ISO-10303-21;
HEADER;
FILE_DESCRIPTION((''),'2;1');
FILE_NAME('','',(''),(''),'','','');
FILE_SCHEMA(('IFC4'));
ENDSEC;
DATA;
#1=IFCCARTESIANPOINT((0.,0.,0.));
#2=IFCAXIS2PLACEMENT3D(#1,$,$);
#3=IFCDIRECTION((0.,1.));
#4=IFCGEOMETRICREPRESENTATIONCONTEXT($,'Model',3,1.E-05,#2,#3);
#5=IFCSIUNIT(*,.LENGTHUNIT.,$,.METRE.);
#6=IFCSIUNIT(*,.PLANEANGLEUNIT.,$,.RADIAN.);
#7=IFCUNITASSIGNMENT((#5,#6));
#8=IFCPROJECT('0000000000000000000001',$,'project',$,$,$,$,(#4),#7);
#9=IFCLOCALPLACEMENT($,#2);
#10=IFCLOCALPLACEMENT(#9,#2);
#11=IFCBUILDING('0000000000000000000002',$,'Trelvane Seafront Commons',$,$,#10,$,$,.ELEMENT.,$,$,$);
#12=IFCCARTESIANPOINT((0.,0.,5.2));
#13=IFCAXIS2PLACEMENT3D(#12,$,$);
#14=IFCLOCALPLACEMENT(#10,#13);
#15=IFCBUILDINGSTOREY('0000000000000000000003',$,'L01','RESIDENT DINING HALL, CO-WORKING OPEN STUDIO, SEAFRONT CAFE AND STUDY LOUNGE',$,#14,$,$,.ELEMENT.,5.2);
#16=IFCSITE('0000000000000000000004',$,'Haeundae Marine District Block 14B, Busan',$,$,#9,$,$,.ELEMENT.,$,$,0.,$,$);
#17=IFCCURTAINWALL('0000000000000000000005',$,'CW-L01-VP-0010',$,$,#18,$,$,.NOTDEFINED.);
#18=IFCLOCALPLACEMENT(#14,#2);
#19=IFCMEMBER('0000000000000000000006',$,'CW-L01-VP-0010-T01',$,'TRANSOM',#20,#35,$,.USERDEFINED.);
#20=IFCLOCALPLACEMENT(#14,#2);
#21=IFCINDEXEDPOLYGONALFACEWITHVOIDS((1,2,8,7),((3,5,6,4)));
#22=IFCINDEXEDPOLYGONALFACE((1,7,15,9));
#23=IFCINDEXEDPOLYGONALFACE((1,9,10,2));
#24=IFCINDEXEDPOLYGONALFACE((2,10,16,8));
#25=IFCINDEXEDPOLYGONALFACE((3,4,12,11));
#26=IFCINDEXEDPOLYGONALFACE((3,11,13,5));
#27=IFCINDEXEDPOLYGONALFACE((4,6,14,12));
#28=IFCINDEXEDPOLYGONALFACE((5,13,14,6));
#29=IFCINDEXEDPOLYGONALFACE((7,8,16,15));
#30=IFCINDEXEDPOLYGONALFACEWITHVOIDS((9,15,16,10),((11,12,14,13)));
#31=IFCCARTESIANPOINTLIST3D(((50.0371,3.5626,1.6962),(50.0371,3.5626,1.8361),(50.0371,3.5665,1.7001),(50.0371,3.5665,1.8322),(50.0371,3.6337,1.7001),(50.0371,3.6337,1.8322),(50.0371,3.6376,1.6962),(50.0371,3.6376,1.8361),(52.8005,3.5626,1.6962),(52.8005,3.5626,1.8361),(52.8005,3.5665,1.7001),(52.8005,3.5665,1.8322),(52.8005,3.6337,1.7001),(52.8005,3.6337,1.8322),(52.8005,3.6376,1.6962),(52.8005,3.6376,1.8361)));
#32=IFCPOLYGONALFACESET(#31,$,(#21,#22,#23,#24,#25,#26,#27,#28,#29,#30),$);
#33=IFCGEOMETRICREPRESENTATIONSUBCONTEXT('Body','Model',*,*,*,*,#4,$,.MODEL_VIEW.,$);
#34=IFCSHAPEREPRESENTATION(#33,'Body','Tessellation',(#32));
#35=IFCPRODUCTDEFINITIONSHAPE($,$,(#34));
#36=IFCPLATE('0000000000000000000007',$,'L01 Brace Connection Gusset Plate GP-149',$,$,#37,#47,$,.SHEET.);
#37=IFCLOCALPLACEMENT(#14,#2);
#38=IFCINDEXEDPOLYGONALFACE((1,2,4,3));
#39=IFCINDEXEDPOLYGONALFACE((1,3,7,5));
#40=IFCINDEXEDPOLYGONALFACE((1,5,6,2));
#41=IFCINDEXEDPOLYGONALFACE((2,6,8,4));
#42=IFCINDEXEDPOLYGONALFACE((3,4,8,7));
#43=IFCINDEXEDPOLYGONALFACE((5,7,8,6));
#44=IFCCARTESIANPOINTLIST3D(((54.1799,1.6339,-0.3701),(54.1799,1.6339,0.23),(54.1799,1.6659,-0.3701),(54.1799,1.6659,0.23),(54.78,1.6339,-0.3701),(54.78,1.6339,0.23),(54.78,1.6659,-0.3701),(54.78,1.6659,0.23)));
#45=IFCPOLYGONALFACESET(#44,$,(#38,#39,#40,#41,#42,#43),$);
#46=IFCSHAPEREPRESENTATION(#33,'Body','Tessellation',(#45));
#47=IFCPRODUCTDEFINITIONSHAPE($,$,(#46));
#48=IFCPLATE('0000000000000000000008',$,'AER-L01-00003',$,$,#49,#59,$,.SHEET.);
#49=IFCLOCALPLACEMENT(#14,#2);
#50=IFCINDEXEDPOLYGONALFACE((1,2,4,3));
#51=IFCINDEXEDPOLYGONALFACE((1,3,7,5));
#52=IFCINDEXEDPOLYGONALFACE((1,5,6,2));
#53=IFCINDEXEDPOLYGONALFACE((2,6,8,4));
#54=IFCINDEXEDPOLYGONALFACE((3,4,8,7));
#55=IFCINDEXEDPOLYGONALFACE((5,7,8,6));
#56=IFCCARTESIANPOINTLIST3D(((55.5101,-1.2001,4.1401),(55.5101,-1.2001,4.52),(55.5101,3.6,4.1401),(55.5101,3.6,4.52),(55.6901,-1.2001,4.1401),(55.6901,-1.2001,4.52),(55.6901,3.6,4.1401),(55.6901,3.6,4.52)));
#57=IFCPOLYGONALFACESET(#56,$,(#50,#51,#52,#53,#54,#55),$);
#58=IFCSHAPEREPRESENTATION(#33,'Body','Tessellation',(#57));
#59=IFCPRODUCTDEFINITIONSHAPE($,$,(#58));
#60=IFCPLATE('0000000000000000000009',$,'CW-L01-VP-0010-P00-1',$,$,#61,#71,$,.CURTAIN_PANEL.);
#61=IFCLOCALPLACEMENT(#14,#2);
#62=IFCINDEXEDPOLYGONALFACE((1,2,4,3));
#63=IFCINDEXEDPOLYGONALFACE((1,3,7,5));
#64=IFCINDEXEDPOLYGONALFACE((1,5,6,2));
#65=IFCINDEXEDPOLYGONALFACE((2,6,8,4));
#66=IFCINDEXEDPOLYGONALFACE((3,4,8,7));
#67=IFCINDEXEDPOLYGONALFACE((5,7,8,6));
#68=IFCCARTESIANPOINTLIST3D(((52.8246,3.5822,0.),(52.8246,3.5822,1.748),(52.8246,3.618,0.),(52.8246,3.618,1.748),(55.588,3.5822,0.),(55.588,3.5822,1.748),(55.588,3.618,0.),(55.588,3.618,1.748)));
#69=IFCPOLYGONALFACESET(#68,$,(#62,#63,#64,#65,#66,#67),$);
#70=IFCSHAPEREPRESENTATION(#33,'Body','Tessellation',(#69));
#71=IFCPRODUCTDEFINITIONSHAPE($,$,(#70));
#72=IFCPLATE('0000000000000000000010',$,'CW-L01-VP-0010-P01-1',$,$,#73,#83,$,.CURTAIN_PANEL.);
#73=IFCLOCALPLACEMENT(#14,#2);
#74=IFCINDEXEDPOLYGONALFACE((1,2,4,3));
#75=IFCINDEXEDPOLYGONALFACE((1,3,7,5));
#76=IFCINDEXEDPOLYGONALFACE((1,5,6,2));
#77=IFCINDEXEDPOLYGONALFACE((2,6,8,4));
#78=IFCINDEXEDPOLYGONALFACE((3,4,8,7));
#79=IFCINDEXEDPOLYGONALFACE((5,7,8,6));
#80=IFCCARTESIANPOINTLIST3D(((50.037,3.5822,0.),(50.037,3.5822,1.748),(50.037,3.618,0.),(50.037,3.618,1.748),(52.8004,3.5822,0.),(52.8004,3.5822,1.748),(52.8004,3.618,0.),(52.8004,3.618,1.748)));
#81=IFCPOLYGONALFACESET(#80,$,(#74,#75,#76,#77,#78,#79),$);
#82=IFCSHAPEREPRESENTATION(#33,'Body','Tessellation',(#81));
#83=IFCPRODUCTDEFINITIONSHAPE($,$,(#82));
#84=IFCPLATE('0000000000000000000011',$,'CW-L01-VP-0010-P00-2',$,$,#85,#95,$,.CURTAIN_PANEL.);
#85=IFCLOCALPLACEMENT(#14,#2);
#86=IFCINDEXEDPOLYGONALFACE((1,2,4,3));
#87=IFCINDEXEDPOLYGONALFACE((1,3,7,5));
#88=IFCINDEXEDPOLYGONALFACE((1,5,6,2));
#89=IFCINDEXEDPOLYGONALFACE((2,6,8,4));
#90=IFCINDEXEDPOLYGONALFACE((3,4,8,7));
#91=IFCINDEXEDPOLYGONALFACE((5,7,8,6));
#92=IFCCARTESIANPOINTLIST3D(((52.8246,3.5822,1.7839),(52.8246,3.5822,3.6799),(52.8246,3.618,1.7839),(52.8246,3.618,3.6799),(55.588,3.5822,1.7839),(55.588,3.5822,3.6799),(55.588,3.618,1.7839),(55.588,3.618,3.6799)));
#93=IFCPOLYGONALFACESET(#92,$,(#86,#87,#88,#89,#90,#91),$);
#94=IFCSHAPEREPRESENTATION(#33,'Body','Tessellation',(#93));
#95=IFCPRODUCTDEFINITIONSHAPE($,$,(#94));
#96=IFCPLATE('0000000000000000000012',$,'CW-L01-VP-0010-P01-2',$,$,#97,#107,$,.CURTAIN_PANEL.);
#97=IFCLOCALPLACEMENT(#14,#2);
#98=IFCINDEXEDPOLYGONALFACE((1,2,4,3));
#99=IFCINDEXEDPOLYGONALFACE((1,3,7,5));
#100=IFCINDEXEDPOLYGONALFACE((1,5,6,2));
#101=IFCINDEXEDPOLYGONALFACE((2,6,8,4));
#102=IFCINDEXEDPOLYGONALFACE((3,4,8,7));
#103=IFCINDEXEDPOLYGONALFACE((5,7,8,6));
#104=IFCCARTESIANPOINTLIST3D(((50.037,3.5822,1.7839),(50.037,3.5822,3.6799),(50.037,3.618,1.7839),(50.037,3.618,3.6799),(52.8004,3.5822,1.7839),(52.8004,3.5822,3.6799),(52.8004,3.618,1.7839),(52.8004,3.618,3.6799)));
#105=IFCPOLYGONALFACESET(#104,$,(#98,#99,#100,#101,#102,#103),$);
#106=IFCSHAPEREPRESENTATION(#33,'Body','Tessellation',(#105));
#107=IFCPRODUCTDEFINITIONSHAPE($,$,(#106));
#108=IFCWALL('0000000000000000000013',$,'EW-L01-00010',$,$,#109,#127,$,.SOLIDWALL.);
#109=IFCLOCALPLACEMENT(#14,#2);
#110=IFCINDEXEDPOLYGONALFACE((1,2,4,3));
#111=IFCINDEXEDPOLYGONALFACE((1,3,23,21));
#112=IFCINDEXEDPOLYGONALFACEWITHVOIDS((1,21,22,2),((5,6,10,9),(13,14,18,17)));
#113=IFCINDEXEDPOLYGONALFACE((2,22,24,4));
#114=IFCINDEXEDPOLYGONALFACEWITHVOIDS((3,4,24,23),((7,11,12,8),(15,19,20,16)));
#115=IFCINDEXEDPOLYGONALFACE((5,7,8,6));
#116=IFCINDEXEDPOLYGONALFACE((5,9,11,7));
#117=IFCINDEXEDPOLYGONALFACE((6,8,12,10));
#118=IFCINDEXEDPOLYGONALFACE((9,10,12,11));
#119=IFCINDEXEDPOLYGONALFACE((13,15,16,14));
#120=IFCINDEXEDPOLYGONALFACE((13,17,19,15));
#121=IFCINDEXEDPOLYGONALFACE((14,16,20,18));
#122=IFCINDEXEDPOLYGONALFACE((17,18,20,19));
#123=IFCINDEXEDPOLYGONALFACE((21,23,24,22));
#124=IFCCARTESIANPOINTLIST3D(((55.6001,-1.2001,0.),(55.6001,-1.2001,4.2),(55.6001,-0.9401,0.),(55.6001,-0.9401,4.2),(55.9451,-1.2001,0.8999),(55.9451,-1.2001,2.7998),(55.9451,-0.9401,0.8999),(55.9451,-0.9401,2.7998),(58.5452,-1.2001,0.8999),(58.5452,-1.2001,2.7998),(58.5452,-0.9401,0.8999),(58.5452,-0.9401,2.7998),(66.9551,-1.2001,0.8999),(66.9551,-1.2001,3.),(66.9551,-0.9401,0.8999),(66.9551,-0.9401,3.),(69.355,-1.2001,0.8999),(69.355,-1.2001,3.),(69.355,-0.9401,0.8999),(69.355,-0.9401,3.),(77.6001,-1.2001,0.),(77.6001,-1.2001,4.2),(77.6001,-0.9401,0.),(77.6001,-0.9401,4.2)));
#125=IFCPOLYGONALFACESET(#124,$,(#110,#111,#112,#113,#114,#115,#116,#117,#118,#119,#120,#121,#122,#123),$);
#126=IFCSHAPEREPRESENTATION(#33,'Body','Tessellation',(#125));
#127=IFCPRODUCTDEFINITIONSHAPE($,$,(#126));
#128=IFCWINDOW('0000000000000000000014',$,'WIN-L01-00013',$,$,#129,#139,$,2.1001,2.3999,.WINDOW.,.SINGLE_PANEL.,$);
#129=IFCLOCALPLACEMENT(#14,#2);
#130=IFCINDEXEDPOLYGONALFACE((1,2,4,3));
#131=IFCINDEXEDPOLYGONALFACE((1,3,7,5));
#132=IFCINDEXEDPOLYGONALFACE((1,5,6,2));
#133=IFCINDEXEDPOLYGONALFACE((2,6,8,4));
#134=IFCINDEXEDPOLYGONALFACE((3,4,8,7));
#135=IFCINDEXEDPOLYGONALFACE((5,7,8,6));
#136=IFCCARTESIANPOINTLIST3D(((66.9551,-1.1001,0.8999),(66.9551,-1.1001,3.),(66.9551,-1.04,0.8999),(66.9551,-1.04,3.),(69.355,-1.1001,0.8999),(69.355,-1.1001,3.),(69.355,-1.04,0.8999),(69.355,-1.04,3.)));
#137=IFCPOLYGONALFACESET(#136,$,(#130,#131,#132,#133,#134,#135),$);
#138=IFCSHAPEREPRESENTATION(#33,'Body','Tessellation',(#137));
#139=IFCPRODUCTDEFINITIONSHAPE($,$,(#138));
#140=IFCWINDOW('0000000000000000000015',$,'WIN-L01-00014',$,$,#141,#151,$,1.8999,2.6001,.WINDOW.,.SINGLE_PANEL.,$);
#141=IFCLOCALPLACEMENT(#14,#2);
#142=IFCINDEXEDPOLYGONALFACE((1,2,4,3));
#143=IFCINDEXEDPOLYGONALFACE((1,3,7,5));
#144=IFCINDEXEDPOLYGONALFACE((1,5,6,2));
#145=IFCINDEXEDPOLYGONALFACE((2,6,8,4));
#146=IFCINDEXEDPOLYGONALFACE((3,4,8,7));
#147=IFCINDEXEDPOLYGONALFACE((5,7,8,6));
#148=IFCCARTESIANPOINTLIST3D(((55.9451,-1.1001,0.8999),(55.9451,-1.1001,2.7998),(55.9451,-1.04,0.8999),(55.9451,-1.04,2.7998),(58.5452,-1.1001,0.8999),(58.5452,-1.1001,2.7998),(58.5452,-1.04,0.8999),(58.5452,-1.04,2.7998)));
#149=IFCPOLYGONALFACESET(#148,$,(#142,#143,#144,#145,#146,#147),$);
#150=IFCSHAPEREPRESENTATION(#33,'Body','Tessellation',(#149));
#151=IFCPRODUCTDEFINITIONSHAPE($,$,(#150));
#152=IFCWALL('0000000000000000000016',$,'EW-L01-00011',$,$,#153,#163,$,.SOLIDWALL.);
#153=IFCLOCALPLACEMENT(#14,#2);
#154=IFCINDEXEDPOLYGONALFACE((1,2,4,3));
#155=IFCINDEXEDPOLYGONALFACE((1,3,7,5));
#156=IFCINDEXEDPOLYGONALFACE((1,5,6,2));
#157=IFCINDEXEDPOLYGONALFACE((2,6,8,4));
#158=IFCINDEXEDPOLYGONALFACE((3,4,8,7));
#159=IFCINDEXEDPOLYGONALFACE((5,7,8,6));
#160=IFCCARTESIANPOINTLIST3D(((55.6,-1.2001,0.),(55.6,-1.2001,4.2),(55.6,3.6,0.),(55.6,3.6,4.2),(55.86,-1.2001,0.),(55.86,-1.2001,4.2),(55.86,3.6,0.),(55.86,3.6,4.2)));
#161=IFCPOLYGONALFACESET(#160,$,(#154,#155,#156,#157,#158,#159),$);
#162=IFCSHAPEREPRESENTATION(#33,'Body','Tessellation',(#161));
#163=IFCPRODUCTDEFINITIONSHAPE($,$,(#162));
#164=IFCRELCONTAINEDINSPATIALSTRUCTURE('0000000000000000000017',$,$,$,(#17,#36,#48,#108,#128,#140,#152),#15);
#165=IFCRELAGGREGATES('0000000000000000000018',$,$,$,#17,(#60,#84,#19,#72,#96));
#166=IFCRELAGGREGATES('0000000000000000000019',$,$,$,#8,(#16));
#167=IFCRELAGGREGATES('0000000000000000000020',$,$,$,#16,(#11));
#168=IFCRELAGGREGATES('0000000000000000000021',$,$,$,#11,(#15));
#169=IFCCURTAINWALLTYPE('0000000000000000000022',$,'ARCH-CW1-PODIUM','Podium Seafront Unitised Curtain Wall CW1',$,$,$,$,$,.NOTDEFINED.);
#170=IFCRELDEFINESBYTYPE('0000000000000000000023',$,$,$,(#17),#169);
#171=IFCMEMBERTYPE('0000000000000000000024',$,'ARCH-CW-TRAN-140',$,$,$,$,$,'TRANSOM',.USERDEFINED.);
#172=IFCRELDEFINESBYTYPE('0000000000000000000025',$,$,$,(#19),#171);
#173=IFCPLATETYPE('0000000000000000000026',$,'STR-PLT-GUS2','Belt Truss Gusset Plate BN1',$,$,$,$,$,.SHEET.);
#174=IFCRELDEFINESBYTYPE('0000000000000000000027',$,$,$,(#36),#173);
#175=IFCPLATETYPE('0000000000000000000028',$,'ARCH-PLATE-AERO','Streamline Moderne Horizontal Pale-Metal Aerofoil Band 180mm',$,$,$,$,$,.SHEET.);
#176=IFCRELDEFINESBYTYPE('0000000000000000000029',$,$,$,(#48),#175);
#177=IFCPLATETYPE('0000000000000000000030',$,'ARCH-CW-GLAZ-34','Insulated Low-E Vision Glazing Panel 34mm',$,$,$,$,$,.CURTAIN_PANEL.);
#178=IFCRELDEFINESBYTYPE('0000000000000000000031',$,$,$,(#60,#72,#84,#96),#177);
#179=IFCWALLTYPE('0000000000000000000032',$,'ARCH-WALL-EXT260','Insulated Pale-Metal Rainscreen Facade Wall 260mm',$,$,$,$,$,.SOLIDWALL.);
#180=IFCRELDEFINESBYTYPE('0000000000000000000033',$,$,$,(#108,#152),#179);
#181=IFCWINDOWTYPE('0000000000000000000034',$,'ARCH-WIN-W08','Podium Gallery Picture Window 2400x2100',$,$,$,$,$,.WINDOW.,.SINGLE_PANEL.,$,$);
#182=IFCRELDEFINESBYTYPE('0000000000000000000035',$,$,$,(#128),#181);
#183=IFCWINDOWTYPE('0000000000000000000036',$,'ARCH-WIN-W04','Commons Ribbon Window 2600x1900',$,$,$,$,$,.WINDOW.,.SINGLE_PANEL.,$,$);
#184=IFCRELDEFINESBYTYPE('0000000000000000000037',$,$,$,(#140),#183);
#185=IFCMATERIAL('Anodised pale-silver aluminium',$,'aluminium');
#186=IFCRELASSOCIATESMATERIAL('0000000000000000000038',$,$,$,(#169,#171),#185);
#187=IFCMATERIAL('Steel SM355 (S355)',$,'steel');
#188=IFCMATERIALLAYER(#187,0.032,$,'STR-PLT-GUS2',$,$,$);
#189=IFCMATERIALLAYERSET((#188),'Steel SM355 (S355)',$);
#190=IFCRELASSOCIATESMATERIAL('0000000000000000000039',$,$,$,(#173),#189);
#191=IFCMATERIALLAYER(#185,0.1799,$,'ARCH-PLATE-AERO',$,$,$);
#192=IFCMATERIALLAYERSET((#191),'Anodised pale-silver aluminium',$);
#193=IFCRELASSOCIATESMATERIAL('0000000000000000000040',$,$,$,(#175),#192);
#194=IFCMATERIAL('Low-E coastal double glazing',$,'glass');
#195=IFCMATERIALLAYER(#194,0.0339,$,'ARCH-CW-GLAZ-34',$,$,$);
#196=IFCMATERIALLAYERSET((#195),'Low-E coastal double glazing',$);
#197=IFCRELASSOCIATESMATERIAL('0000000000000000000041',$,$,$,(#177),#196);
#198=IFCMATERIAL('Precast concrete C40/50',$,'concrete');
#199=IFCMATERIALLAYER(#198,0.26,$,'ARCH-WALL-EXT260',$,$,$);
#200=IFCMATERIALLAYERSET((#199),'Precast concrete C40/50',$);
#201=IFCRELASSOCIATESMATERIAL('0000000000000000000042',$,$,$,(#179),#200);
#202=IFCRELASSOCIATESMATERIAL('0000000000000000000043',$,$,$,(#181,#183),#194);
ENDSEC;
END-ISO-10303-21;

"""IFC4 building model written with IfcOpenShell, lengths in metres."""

from ifc_helpers import new_model, si_unit, direction, frame, frame_2d, origin, origin_2d, place, context, subcontext, project, spatial, rectangle, hollow_rectangle, extrude, source, transform, mapped, material, layer, layer_set, material_profile, profile_set, type_object, element, fill, aggregate, save


model = new_model("IFC4")

# Units and contexts
model_context = context("Model", 3, precision=1e-05, world=origin(), true_north=direction((0.0, 1.0)))
body_context = subcontext(model_context, "Body", "Model", "MODEL_VIEW")
ifc_project = project(units=[si_unit("LENGTHUNIT", "METRE"), si_unit("PLANEANGLEUNIT", "RADIAN")], contexts=[model_context])

# Site, building, storey
site_placement = place(None, origin())
site = spatial("IfcSite", under=ifc_project, at=site_placement, Name="Haeundae Marine District Block 14B, Busan", CompositionType="ELEMENT", RefElevation=0.0)
building_placement = place(site_placement, origin())
building = spatial("IfcBuilding", under=site, at=building_placement, Name="Trelvane Seafront Commons", CompositionType="ELEMENT")
storey_placement = place(building_placement, frame((0.0, 0.0, 5.2)))
storey = spatial("IfcBuildingStorey", under=building, at=storey_placement, Name="L01", Description="RESIDENT DINING HALL, CO-WORKING OPEN STUDIO, SEAFRONT CAFE AND STUDY LOUNGE", CompositionType="ELEMENT", Elevation=5.2)

# Shared definitions
ifc_material_1 = material(Name="Steel SM355 (S355)", Category="steel")

# Curtain wall, member
ifc_material_2 = material(Name="Anodised pale-silver aluminium", Category="aluminium")
curtain_wall_type = type_object("IfcCurtainWallType", Name="ARCH-CW1-PODIUM", Description="Podium Seafront Unitised Curtain Wall CW1", PredefinedType="NOTDEFINED", material=ifc_material_2)
curtain_wall_placement = place(storey_placement, origin())
curtain_wall = element("IfcCurtainWall", 1, at=curtain_wall_placement, inside=storey, type_object=curtain_wall_type, Name="CW-L01-VP-0010", PredefinedType="NOTDEFINED")
ifc_material_profile_1 = material_profile(ifc_material_2, hollow_rectangle(XDim=0.075, YDim=0.1399, WallThickness=0.0039, at=origin_2d()), Name="TRAN-75x140x4")
ifc_profile_set_1 = profile_set([ifc_material_profile_1], Name="Anodised pale-silver aluminium")
member_type_1 = type_object("IfcMemberType", Name="ARCH-CW-TRAN-140", ElementType="TRANSOM", PredefinedType="USERDEFINED", material=ifc_profile_set_1)
shared_shape_1 = source(origin(), body_context, "Body", "SweptSolid", [
    extrude(hollow_rectangle(XDim=0.075, YDim=0.1399, WallThickness=0.0039, at=origin_2d()), origin(), (0.0, 0.0, 1.0), 2.7634),
])
member_1_placement = place(storey_placement, frame((52.8005, 3.6001, 1.7661), z_axis=(-1.0, 0.0, 0.0), x_axis=(0.0, -1.0, 0.0)))
member_1 = element("IfcMember", 2, at=member_1_placement, type_object=member_type_1, Name="CW-L01-VP-0010-T01", ObjectType="TRANSOM", PredefinedType="USERDEFINED", context=body_context, shape_type="MappedRepresentation", body=[
    mapped(shared_shape_1, transform((0.0, 0.0, 0.0), x_axis=(1.0, 0.0, 0.0), y_axis=(0.0, 1.0, 0.0), z_axis=(0.0, 0.0, 1.0), scale=1.0)),
])

# Plates
ifc_layer_1 = layer(ifc_material_1, 0.032, Name="STR-PLT-GUS2")
ifc_layer_set_1 = layer_set([ifc_layer_1], Name="Steel SM355 (S355)")
plate_type_1 = type_object("IfcPlateType", Name="STR-PLT-GUS2", Description="Belt Truss Gusset Plate BN1", PredefinedType="SHEET", material=ifc_layer_set_1)
shared_shape_2 = source(origin(), body_context, "Body", "SweptSolid", [
    extrude(rectangle(XDim=0.6001, YDim=0.032, at=origin_2d()), origin(), (0.0, 0.0, 1.0), 0.6001),
])
plate_1_placement = place(storey_placement, frame((54.48, 1.6499, -0.3701), z_axis=(0.0, 0.0, 1.0), x_axis=(1.0, 0.0, 0.0)))
element("IfcPlate", 3, at=plate_1_placement, inside=storey, type_object=plate_type_1, Name="L01 Brace Connection Gusset Plate GP-149", PredefinedType="SHEET", context=body_context, shape_type="MappedRepresentation", body=[
    mapped(shared_shape_2, transform((0.0, 0.0, 0.0), x_axis=(1.0, 0.0, 0.0), y_axis=(0.0, 1.0, 0.0), z_axis=(0.0, 0.0, 1.0), scale=1.0)),
])
ifc_layer_2 = layer(ifc_material_2, 0.1799, Name="ARCH-PLATE-AERO")
ifc_layer_set_2 = layer_set([ifc_layer_2], Name="Anodised pale-silver aluminium")
plate_type_2 = type_object("IfcPlateType", Name="ARCH-PLATE-AERO", Description="Streamline Moderne Horizontal Pale-Metal Aerofoil Band 180mm", PredefinedType="SHEET", material=ifc_layer_set_2)
shared_shape_3 = source(origin(), body_context, "Body", "SweptSolid", [
    extrude(rectangle(XDim=4.8, YDim=0.1799, at=origin_2d()), origin(), (0.0, 0.0, 1.0), 0.3799),
])
plate_2_placement = place(storey_placement, frame((55.6001, 1.2, 4.1401), z_axis=(0.0, 0.0, 1.0), x_axis=(0.0, 1.0, 0.0)))
element("IfcPlate", 4, at=plate_2_placement, inside=storey, type_object=plate_type_2, Name="AER-L01-00003", PredefinedType="SHEET", context=body_context, shape_type="MappedRepresentation", body=[
    mapped(shared_shape_3, transform((0.0, 0.0, 0.0), x_axis=(1.0, 0.0, 0.0), y_axis=(0.0, 1.0, 0.0), z_axis=(0.0, 0.0, 1.0), scale=1.0)),
])

# Plates
ifc_material_3 = material(Name="Low-E coastal double glazing", Category="glass")
ifc_layer_3 = layer(ifc_material_3, 0.0339, Name="ARCH-CW-GLAZ-34")
ifc_layer_set_3 = layer_set([ifc_layer_3], Name="Low-E coastal double glazing")
plate_type_3 = type_object("IfcPlateType", Name="ARCH-CW-GLAZ-34", Description="Insulated Low-E Vision Glazing Panel 34mm", PredefinedType="CURTAIN_PANEL", material=ifc_layer_set_3)
shared_shape_4 = source(origin(), body_context, "Body", "SweptSolid", [
    extrude(rectangle(XDim=2.7634, YDim=0.0359, at=origin_2d()), origin(), (0.0, 0.0, 1.0), 1.748),
])
plate_3_placement = place(storey_placement, frame((54.2063, 3.6001, 0.0), z_axis=(0.0, 0.0, 1.0), x_axis=(-1.0, 0.0, 0.0)))
plate_3 = element("IfcPlate", 5, at=plate_3_placement, type_object=plate_type_3, Name="CW-L01-VP-0010-P00-1", PredefinedType="CURTAIN_PANEL", context=body_context, shape_type="MappedRepresentation", body=[
    mapped(shared_shape_4, transform((0.0, 0.0, 0.0), x_axis=(1.0, 0.0, 0.0), y_axis=(0.0, 1.0, 0.0), z_axis=(0.0, 0.0, 1.0), scale=1.0)),
])
plate_4_placement = place(storey_placement, frame((51.4187, 3.6001, 0.0), z_axis=(0.0, 0.0, 1.0), x_axis=(-1.0, 0.0, 0.0)))
plate_4 = element("IfcPlate", 6, at=plate_4_placement, type_object=plate_type_3, Name="CW-L01-VP-0010-P01-1", PredefinedType="CURTAIN_PANEL", context=body_context, shape_type="MappedRepresentation", body=[
    mapped(shared_shape_4, transform((0.0, 0.0, 0.0), x_axis=(1.0, 0.0, 0.0), y_axis=(0.0, 1.0, 0.0), z_axis=(0.0, 0.0, 1.0), scale=1.0)),
])
shared_shape_5 = source(origin(), body_context, "Body", "SweptSolid", [
    extrude(rectangle(XDim=2.7634, YDim=0.0359, at=origin_2d()), origin(), (0.0, 0.0, 1.0), 1.896),
])
plate_5_placement = place(storey_placement, frame((54.2063, 3.6001, 1.7839), z_axis=(0.0, 0.0, 1.0), x_axis=(-1.0, 0.0, 0.0)))
plate_5 = element("IfcPlate", 7, at=plate_5_placement, type_object=plate_type_3, Name="CW-L01-VP-0010-P00-2", PredefinedType="CURTAIN_PANEL", context=body_context, shape_type="MappedRepresentation", body=[
    mapped(shared_shape_5, transform((0.0, 0.0, 0.0), x_axis=(1.0, 0.0, 0.0), y_axis=(0.0, 1.0, 0.0), z_axis=(0.0, 0.0, 1.0), scale=1.0)),
])
plate_6_placement = place(storey_placement, frame((51.4187, 3.6001, 1.7839), z_axis=(0.0, 0.0, 1.0), x_axis=(-1.0, 0.0, 0.0)))
plate_6 = element("IfcPlate", 8, at=plate_6_placement, type_object=plate_type_3, Name="CW-L01-VP-0010-P01-2", PredefinedType="CURTAIN_PANEL", context=body_context, shape_type="MappedRepresentation", body=[
    mapped(shared_shape_5, transform((0.0, 0.0, 0.0), x_axis=(1.0, 0.0, 0.0), y_axis=(0.0, 1.0, 0.0), z_axis=(0.0, 0.0, 1.0), scale=1.0)),
])
aggregate(curtain_wall, [plate_3, plate_5, member_1, plate_4, plate_6])

# Wall, openings, windows
ifc_material_4 = material(Name="Precast concrete C40/50", Category="concrete")
ifc_layer_4 = layer(ifc_material_4, 0.26, Name="ARCH-WALL-EXT260")
ifc_layer_set_4 = layer_set([ifc_layer_4], Name="Precast concrete C40/50")
wall_type_1 = type_object("IfcWallType", Name="ARCH-WALL-EXT260", Description="Insulated Pale-Metal Rainscreen Facade Wall 260mm", PredefinedType="SOLIDWALL", material=ifc_layer_set_4)
wall_1_placement = place(storey_placement, frame((77.6001, -1.0701, 0.0), z_axis=(0.0, 0.0, 1.0), x_axis=(-1.0, 0.0, 0.0)))
wall_1 = element("IfcWall", 9, at=wall_1_placement, inside=storey, type_object=wall_type_1, Name="EW-L01-00010", PredefinedType="SOLIDWALL", context=body_context, shape_type="SweptSolid", body=[
    extrude(rectangle(XDim=22.0, YDim=0.26, at=frame_2d((11.0, 0.0))), origin(), (0.0, 0.0, 1.0), 4.2),
])
opening_1_placement = place(wall_1_placement, frame((8.2451, 0.0, 0.8999)))
opening_1 = element("IfcOpeningElement", 10, at=opening_1_placement, cuts=wall_1, PredefinedType="OPENING", context=body_context, shape_type="SweptSolid", body=[
    extrude(rectangle(XDim=2.3999, YDim=2.1001, at=frame_2d((1.2, 1.05))), frame((0.0, 0.1399, 0.0), z_axis=(0.0, -1.0, 0.0), x_axis=(1.0, 0.0, 0.0)), (0.0, 0.0, 1.0), 0.28),
])
opening_2_placement = place(wall_1_placement, frame((19.0549, 0.0, 0.8999)))
opening_2 = element("IfcOpeningElement", 11, at=opening_2_placement, cuts=wall_1, PredefinedType="OPENING", context=body_context, shape_type="SweptSolid", body=[
    extrude(rectangle(XDim=2.6001, YDim=1.8999, at=frame_2d((1.3, 0.95))), frame((0.0, 0.1399, 0.0), z_axis=(0.0, -1.0, 0.0), x_axis=(1.0, 0.0, 0.0)), (0.0, 0.0, 1.0), 0.28),
])
window_type_1 = type_object("IfcWindowType", Name="ARCH-WIN-W08", Description="Podium Gallery Picture Window 2400x2100", PartitioningType="SINGLE_PANEL", PredefinedType="WINDOW", material=ifc_material_3)
shared_shape_6 = source(origin(), body_context, "Body", "SweptSolid", [
    extrude(rectangle(XDim=2.3999, YDim=2.1001, at=frame_2d((1.2, 1.05))), frame((0.0, 0.03, 0.0), z_axis=(0.0, -1.0, 0.0), x_axis=(1.0, 0.0, 0.0)), (0.0, 0.0, 1.0), 0.0601),
])
window_1_placement = place(opening_1_placement, origin())
window_1 = element("IfcWindow", 12, at=window_1_placement, inside=storey, type_object=window_type_1, Name="WIN-L01-00013", OverallHeight=2.1001, OverallWidth=2.3999, PartitioningType="SINGLE_PANEL", PredefinedType="WINDOW", context=body_context, shape_type="MappedRepresentation", body=[
    mapped(shared_shape_6, transform((0.0, 0.0, 0.0), x_axis=(1.0, 0.0, 0.0), y_axis=(0.0, 1.0, 0.0), z_axis=(0.0, 0.0, 1.0), scale=1.0)),
])
fill(opening_1, window_1)
window_type_2 = type_object("IfcWindowType", Name="ARCH-WIN-W04", Description="Commons Ribbon Window 2600x1900", PartitioningType="SINGLE_PANEL", PredefinedType="WINDOW", material=ifc_material_3)
shared_shape_7 = source(origin(), body_context, "Body", "SweptSolid", [
    extrude(rectangle(XDim=2.6001, YDim=1.8999, at=frame_2d((1.3, 0.95))), frame((0.0, 0.03, 0.0), z_axis=(0.0, -1.0, 0.0), x_axis=(1.0, 0.0, 0.0)), (0.0, 0.0, 1.0), 0.0601),
])
window_2_placement = place(opening_2_placement, origin())
window_2 = element("IfcWindow", 13, at=window_2_placement, inside=storey, type_object=window_type_2, Name="WIN-L01-00014", OverallHeight=1.8999, OverallWidth=2.6001, PartitioningType="SINGLE_PANEL", PredefinedType="WINDOW", context=body_context, shape_type="MappedRepresentation", body=[
    mapped(shared_shape_7, transform((0.0, 0.0, 0.0), x_axis=(1.0, 0.0, 0.0), y_axis=(0.0, 1.0, 0.0), z_axis=(0.0, 0.0, 1.0), scale=1.0)),
])
fill(opening_2, window_2)

# Wall
wall_2_placement = place(storey_placement, frame((55.73, -1.2, 0.0), z_axis=(0.0, 0.0, 1.0), x_axis=(0.0, 1.0, 0.0)))
element("IfcWall", 14, at=wall_2_placement, inside=storey, type_object=wall_type_1, Name="EW-L01-00011", PredefinedType="SOLIDWALL", context=body_context, shape_type="SweptSolid", body=[
    extrude(rectangle(XDim=4.8, YDim=0.26, at=frame_2d((2.3999, 0.0))), origin(), (0.0, 0.0, 1.0), 4.2),
])

save(model, "model.ifc")
